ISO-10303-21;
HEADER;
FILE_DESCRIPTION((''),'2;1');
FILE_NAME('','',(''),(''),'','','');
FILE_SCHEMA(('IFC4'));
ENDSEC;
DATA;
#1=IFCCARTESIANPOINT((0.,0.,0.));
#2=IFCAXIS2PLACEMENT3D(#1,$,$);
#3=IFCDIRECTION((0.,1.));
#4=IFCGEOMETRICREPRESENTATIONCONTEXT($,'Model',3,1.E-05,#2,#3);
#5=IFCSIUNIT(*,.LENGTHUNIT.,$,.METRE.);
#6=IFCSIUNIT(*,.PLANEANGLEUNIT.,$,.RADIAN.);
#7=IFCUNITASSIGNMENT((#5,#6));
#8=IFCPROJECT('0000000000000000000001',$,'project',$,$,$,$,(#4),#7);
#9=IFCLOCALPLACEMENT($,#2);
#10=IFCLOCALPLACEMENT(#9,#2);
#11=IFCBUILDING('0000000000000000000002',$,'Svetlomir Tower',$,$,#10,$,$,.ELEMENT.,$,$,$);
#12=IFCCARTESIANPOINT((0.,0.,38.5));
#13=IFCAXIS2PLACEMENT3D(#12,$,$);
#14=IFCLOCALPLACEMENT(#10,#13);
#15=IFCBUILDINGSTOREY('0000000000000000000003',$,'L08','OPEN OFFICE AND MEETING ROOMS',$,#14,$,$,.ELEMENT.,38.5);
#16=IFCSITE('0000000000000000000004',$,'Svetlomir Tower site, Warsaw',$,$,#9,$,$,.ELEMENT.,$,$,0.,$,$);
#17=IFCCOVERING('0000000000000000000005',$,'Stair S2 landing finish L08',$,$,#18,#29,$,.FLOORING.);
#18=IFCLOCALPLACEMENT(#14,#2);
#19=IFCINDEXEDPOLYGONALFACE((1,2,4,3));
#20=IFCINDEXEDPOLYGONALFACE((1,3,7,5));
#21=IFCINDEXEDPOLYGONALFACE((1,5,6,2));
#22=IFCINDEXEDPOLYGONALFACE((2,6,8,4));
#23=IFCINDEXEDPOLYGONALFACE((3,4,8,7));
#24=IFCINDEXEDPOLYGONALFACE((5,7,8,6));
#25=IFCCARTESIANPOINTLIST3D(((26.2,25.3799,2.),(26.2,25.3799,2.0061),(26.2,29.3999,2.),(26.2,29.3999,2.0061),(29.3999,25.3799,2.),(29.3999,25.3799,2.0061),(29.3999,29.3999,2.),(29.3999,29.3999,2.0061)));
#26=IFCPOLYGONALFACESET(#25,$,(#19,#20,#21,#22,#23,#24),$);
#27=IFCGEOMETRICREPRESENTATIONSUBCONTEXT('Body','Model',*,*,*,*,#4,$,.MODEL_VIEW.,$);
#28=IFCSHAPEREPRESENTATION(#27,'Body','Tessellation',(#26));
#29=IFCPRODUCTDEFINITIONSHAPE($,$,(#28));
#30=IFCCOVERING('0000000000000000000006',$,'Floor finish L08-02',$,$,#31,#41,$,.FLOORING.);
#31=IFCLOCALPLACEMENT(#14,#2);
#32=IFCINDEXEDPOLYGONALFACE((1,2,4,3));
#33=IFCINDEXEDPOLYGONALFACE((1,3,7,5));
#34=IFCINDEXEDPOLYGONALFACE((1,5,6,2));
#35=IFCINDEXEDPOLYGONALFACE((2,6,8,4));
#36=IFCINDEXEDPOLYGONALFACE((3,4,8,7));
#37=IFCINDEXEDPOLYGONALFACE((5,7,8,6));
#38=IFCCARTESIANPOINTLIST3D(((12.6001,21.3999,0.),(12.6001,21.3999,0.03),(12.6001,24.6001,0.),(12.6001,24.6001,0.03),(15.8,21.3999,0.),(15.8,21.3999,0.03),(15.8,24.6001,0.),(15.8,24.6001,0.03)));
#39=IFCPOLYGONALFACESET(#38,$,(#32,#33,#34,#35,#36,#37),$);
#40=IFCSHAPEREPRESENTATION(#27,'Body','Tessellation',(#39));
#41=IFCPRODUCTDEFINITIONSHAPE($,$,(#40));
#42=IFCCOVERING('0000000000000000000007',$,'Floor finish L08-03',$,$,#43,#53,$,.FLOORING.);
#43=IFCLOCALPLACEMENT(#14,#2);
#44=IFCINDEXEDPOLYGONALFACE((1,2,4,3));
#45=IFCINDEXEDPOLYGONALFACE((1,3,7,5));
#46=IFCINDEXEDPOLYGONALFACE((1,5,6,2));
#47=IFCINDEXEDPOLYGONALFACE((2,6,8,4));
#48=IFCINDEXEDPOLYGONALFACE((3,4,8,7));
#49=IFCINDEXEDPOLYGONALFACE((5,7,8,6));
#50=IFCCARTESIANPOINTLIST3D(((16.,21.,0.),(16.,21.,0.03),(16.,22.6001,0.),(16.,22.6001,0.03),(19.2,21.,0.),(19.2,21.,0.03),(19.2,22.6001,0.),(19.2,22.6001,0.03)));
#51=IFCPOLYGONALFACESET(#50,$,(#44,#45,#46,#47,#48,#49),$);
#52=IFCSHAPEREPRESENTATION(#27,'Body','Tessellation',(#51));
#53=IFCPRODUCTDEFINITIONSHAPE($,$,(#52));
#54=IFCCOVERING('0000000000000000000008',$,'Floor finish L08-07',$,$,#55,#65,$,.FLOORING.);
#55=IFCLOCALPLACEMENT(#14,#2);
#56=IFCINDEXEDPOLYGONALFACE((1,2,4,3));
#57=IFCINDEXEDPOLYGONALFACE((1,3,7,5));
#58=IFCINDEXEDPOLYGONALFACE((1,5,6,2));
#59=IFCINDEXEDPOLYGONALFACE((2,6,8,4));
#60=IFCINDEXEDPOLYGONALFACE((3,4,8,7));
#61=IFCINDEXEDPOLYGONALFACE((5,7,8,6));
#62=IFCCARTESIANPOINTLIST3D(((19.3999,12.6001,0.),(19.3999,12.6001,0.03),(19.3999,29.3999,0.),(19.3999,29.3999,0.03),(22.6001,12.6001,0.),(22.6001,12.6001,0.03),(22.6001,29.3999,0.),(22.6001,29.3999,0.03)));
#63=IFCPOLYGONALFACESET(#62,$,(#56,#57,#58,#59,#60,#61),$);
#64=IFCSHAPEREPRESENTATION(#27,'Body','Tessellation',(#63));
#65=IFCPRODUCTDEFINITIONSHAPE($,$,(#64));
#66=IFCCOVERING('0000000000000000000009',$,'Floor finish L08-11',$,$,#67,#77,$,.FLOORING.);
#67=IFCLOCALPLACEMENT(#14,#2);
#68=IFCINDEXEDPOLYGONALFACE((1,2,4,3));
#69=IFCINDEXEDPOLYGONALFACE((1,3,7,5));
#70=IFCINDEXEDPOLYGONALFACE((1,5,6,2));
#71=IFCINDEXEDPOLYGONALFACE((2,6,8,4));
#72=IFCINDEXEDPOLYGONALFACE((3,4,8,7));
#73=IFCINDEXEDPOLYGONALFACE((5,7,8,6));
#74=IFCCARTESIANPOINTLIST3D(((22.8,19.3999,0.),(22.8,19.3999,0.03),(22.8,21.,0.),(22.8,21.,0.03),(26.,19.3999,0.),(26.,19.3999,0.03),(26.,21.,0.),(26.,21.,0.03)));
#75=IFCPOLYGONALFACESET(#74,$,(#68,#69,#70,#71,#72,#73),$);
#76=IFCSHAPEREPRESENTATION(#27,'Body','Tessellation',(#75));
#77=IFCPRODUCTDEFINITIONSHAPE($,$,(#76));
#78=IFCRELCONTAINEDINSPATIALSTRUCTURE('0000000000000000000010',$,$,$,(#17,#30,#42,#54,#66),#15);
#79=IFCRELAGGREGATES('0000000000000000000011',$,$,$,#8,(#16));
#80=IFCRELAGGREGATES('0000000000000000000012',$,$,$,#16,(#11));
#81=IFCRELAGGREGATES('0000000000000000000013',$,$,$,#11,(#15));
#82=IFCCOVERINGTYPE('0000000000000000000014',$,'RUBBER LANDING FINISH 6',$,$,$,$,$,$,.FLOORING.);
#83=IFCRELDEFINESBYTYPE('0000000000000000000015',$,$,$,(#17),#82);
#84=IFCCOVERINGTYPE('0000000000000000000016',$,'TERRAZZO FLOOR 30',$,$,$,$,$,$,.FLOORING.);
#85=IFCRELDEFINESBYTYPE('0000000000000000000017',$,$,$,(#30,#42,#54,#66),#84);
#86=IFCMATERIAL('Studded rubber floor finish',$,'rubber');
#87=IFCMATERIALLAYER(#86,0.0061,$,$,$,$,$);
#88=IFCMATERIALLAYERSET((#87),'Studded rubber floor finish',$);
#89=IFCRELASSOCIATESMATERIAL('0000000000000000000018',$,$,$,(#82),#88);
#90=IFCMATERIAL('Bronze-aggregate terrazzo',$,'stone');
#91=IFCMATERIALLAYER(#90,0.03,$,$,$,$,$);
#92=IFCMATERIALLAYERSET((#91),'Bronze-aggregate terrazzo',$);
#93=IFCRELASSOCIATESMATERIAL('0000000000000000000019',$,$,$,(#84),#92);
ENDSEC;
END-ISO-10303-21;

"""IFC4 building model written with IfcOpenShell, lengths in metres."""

from ifc_helpers import new_model, si_unit, direction, frame, origin, place, context, subcontext, project, spatial, polyline, outline, extrude, material, layer, layer_set, type_object, element, save


model = new_model("IFC4")

# Units and contexts
model_context = context("Model", 3, precision=1e-05, world=origin(), true_north=direction((0.0, 1.0)))
body_context = subcontext(model_context, "Body", "Model", "MODEL_VIEW")
ifc_project = project(units=[si_unit("LENGTHUNIT", "METRE"), si_unit("PLANEANGLEUNIT", "RADIAN")], contexts=[model_context])

# Site, building, storey
site_placement = place(None, origin())
site = spatial("IfcSite", under=ifc_project, at=site_placement, Name="Svetlomir Tower site, Warsaw", CompositionType="ELEMENT", RefElevation=0.0)
building_placement = place(site_placement, origin())
building = spatial("IfcBuilding", under=site, at=building_placement, Name="Svetlomir Tower", CompositionType="ELEMENT")
storey_placement = place(building_placement, frame((0.0, 0.0, 38.5)))
storey = spatial("IfcBuildingStorey", under=building, at=storey_placement, Name="L08", Description="OPEN OFFICE AND MEETING ROOMS", CompositionType="ELEMENT", Elevation=38.5)

# Coverings
ifc_material_1 = material(Name="Studded rubber floor finish", Category="rubber")
ifc_layer_1 = layer(ifc_material_1, 0.0061)
ifc_layer_set_1 = layer_set([ifc_layer_1], Name="Studded rubber floor finish")
covering_type_1 = type_object("IfcCoveringType", Name="RUBBER LANDING FINISH 6", PredefinedType="FLOORING", material=ifc_layer_set_1)
covering_1_placement = place(storey_placement, frame((0.0, 0.0, 2.0)))
element("IfcCovering", 1, at=covering_1_placement, inside=storey, type_object=covering_type_1, Name="Stair S2 landing finish L08", PredefinedType="FLOORING", context=body_context, shape_type="SweptSolid", body=[
    extrude(outline(polyline([(26.2, 25.3799), (29.3999, 25.3799), (29.3999, 29.3999), (26.2, 29.3999), (26.2, 25.3799)])), origin(), (0.0, 0.0, 1.0), 0.0061),
])
ifc_material_2 = material(Name="Bronze-aggregate terrazzo", Category="stone")
ifc_layer_2 = layer(ifc_material_2, 0.03)
ifc_layer_set_2 = layer_set([ifc_layer_2], Name="Bronze-aggregate terrazzo")
covering_type_2 = type_object("IfcCoveringType", Name="TERRAZZO FLOOR 30", PredefinedType="FLOORING", material=ifc_layer_set_2)
covering_2_placement = place(storey_placement, origin())
element("IfcCovering", 2, at=covering_2_placement, inside=storey, type_object=covering_type_2, Name="Floor finish L08-02", PredefinedType="FLOORING", context=body_context, shape_type="SweptSolid", body=[
    extrude(outline(polyline([(12.6001, 21.3999), (15.8, 21.3999), (15.8, 24.6001), (12.6001, 24.6001), (12.6001, 21.3999)])), origin(), (0.0, 0.0, 1.0), 0.03),
])
covering_3_placement = place(storey_placement, origin())
element("IfcCovering", 3, at=covering_3_placement, inside=storey, type_object=covering_type_2, Name="Floor finish L08-03", PredefinedType="FLOORING", context=body_context, shape_type="SweptSolid", body=[
    extrude(outline(polyline([(16.0, 21.0), (19.2, 21.0), (19.2, 22.6001), (16.0, 22.6001), (16.0, 21.0)])), origin(), (0.0, 0.0, 1.0), 0.03),
])
covering_4_placement = place(storey_placement, origin())
element("IfcCovering", 4, at=covering_4_placement, inside=storey, type_object=covering_type_2, Name="Floor finish L08-07", PredefinedType="FLOORING", context=body_context, shape_type="SweptSolid", body=[
    extrude(outline(polyline([(19.3999, 12.6001), (22.6001, 12.6001), (22.6001, 29.3999), (19.3999, 29.3999), (19.3999, 12.6001)])), origin(), (0.0, 0.0, 1.0), 0.03),
])
covering_5_placement = place(storey_placement, origin())
element("IfcCovering", 5, at=covering_5_placement, inside=storey, type_object=covering_type_2, Name="Floor finish L08-11", PredefinedType="FLOORING", context=body_context, shape_type="SweptSolid", body=[
    extrude(outline(polyline([(22.8, 19.3999), (26.0, 19.3999), (26.0, 21.0), (22.8, 21.0), (22.8, 19.3999)])), origin(), (0.0, 0.0, 1.0), 0.03),
])

save(model, "model.ifc")
